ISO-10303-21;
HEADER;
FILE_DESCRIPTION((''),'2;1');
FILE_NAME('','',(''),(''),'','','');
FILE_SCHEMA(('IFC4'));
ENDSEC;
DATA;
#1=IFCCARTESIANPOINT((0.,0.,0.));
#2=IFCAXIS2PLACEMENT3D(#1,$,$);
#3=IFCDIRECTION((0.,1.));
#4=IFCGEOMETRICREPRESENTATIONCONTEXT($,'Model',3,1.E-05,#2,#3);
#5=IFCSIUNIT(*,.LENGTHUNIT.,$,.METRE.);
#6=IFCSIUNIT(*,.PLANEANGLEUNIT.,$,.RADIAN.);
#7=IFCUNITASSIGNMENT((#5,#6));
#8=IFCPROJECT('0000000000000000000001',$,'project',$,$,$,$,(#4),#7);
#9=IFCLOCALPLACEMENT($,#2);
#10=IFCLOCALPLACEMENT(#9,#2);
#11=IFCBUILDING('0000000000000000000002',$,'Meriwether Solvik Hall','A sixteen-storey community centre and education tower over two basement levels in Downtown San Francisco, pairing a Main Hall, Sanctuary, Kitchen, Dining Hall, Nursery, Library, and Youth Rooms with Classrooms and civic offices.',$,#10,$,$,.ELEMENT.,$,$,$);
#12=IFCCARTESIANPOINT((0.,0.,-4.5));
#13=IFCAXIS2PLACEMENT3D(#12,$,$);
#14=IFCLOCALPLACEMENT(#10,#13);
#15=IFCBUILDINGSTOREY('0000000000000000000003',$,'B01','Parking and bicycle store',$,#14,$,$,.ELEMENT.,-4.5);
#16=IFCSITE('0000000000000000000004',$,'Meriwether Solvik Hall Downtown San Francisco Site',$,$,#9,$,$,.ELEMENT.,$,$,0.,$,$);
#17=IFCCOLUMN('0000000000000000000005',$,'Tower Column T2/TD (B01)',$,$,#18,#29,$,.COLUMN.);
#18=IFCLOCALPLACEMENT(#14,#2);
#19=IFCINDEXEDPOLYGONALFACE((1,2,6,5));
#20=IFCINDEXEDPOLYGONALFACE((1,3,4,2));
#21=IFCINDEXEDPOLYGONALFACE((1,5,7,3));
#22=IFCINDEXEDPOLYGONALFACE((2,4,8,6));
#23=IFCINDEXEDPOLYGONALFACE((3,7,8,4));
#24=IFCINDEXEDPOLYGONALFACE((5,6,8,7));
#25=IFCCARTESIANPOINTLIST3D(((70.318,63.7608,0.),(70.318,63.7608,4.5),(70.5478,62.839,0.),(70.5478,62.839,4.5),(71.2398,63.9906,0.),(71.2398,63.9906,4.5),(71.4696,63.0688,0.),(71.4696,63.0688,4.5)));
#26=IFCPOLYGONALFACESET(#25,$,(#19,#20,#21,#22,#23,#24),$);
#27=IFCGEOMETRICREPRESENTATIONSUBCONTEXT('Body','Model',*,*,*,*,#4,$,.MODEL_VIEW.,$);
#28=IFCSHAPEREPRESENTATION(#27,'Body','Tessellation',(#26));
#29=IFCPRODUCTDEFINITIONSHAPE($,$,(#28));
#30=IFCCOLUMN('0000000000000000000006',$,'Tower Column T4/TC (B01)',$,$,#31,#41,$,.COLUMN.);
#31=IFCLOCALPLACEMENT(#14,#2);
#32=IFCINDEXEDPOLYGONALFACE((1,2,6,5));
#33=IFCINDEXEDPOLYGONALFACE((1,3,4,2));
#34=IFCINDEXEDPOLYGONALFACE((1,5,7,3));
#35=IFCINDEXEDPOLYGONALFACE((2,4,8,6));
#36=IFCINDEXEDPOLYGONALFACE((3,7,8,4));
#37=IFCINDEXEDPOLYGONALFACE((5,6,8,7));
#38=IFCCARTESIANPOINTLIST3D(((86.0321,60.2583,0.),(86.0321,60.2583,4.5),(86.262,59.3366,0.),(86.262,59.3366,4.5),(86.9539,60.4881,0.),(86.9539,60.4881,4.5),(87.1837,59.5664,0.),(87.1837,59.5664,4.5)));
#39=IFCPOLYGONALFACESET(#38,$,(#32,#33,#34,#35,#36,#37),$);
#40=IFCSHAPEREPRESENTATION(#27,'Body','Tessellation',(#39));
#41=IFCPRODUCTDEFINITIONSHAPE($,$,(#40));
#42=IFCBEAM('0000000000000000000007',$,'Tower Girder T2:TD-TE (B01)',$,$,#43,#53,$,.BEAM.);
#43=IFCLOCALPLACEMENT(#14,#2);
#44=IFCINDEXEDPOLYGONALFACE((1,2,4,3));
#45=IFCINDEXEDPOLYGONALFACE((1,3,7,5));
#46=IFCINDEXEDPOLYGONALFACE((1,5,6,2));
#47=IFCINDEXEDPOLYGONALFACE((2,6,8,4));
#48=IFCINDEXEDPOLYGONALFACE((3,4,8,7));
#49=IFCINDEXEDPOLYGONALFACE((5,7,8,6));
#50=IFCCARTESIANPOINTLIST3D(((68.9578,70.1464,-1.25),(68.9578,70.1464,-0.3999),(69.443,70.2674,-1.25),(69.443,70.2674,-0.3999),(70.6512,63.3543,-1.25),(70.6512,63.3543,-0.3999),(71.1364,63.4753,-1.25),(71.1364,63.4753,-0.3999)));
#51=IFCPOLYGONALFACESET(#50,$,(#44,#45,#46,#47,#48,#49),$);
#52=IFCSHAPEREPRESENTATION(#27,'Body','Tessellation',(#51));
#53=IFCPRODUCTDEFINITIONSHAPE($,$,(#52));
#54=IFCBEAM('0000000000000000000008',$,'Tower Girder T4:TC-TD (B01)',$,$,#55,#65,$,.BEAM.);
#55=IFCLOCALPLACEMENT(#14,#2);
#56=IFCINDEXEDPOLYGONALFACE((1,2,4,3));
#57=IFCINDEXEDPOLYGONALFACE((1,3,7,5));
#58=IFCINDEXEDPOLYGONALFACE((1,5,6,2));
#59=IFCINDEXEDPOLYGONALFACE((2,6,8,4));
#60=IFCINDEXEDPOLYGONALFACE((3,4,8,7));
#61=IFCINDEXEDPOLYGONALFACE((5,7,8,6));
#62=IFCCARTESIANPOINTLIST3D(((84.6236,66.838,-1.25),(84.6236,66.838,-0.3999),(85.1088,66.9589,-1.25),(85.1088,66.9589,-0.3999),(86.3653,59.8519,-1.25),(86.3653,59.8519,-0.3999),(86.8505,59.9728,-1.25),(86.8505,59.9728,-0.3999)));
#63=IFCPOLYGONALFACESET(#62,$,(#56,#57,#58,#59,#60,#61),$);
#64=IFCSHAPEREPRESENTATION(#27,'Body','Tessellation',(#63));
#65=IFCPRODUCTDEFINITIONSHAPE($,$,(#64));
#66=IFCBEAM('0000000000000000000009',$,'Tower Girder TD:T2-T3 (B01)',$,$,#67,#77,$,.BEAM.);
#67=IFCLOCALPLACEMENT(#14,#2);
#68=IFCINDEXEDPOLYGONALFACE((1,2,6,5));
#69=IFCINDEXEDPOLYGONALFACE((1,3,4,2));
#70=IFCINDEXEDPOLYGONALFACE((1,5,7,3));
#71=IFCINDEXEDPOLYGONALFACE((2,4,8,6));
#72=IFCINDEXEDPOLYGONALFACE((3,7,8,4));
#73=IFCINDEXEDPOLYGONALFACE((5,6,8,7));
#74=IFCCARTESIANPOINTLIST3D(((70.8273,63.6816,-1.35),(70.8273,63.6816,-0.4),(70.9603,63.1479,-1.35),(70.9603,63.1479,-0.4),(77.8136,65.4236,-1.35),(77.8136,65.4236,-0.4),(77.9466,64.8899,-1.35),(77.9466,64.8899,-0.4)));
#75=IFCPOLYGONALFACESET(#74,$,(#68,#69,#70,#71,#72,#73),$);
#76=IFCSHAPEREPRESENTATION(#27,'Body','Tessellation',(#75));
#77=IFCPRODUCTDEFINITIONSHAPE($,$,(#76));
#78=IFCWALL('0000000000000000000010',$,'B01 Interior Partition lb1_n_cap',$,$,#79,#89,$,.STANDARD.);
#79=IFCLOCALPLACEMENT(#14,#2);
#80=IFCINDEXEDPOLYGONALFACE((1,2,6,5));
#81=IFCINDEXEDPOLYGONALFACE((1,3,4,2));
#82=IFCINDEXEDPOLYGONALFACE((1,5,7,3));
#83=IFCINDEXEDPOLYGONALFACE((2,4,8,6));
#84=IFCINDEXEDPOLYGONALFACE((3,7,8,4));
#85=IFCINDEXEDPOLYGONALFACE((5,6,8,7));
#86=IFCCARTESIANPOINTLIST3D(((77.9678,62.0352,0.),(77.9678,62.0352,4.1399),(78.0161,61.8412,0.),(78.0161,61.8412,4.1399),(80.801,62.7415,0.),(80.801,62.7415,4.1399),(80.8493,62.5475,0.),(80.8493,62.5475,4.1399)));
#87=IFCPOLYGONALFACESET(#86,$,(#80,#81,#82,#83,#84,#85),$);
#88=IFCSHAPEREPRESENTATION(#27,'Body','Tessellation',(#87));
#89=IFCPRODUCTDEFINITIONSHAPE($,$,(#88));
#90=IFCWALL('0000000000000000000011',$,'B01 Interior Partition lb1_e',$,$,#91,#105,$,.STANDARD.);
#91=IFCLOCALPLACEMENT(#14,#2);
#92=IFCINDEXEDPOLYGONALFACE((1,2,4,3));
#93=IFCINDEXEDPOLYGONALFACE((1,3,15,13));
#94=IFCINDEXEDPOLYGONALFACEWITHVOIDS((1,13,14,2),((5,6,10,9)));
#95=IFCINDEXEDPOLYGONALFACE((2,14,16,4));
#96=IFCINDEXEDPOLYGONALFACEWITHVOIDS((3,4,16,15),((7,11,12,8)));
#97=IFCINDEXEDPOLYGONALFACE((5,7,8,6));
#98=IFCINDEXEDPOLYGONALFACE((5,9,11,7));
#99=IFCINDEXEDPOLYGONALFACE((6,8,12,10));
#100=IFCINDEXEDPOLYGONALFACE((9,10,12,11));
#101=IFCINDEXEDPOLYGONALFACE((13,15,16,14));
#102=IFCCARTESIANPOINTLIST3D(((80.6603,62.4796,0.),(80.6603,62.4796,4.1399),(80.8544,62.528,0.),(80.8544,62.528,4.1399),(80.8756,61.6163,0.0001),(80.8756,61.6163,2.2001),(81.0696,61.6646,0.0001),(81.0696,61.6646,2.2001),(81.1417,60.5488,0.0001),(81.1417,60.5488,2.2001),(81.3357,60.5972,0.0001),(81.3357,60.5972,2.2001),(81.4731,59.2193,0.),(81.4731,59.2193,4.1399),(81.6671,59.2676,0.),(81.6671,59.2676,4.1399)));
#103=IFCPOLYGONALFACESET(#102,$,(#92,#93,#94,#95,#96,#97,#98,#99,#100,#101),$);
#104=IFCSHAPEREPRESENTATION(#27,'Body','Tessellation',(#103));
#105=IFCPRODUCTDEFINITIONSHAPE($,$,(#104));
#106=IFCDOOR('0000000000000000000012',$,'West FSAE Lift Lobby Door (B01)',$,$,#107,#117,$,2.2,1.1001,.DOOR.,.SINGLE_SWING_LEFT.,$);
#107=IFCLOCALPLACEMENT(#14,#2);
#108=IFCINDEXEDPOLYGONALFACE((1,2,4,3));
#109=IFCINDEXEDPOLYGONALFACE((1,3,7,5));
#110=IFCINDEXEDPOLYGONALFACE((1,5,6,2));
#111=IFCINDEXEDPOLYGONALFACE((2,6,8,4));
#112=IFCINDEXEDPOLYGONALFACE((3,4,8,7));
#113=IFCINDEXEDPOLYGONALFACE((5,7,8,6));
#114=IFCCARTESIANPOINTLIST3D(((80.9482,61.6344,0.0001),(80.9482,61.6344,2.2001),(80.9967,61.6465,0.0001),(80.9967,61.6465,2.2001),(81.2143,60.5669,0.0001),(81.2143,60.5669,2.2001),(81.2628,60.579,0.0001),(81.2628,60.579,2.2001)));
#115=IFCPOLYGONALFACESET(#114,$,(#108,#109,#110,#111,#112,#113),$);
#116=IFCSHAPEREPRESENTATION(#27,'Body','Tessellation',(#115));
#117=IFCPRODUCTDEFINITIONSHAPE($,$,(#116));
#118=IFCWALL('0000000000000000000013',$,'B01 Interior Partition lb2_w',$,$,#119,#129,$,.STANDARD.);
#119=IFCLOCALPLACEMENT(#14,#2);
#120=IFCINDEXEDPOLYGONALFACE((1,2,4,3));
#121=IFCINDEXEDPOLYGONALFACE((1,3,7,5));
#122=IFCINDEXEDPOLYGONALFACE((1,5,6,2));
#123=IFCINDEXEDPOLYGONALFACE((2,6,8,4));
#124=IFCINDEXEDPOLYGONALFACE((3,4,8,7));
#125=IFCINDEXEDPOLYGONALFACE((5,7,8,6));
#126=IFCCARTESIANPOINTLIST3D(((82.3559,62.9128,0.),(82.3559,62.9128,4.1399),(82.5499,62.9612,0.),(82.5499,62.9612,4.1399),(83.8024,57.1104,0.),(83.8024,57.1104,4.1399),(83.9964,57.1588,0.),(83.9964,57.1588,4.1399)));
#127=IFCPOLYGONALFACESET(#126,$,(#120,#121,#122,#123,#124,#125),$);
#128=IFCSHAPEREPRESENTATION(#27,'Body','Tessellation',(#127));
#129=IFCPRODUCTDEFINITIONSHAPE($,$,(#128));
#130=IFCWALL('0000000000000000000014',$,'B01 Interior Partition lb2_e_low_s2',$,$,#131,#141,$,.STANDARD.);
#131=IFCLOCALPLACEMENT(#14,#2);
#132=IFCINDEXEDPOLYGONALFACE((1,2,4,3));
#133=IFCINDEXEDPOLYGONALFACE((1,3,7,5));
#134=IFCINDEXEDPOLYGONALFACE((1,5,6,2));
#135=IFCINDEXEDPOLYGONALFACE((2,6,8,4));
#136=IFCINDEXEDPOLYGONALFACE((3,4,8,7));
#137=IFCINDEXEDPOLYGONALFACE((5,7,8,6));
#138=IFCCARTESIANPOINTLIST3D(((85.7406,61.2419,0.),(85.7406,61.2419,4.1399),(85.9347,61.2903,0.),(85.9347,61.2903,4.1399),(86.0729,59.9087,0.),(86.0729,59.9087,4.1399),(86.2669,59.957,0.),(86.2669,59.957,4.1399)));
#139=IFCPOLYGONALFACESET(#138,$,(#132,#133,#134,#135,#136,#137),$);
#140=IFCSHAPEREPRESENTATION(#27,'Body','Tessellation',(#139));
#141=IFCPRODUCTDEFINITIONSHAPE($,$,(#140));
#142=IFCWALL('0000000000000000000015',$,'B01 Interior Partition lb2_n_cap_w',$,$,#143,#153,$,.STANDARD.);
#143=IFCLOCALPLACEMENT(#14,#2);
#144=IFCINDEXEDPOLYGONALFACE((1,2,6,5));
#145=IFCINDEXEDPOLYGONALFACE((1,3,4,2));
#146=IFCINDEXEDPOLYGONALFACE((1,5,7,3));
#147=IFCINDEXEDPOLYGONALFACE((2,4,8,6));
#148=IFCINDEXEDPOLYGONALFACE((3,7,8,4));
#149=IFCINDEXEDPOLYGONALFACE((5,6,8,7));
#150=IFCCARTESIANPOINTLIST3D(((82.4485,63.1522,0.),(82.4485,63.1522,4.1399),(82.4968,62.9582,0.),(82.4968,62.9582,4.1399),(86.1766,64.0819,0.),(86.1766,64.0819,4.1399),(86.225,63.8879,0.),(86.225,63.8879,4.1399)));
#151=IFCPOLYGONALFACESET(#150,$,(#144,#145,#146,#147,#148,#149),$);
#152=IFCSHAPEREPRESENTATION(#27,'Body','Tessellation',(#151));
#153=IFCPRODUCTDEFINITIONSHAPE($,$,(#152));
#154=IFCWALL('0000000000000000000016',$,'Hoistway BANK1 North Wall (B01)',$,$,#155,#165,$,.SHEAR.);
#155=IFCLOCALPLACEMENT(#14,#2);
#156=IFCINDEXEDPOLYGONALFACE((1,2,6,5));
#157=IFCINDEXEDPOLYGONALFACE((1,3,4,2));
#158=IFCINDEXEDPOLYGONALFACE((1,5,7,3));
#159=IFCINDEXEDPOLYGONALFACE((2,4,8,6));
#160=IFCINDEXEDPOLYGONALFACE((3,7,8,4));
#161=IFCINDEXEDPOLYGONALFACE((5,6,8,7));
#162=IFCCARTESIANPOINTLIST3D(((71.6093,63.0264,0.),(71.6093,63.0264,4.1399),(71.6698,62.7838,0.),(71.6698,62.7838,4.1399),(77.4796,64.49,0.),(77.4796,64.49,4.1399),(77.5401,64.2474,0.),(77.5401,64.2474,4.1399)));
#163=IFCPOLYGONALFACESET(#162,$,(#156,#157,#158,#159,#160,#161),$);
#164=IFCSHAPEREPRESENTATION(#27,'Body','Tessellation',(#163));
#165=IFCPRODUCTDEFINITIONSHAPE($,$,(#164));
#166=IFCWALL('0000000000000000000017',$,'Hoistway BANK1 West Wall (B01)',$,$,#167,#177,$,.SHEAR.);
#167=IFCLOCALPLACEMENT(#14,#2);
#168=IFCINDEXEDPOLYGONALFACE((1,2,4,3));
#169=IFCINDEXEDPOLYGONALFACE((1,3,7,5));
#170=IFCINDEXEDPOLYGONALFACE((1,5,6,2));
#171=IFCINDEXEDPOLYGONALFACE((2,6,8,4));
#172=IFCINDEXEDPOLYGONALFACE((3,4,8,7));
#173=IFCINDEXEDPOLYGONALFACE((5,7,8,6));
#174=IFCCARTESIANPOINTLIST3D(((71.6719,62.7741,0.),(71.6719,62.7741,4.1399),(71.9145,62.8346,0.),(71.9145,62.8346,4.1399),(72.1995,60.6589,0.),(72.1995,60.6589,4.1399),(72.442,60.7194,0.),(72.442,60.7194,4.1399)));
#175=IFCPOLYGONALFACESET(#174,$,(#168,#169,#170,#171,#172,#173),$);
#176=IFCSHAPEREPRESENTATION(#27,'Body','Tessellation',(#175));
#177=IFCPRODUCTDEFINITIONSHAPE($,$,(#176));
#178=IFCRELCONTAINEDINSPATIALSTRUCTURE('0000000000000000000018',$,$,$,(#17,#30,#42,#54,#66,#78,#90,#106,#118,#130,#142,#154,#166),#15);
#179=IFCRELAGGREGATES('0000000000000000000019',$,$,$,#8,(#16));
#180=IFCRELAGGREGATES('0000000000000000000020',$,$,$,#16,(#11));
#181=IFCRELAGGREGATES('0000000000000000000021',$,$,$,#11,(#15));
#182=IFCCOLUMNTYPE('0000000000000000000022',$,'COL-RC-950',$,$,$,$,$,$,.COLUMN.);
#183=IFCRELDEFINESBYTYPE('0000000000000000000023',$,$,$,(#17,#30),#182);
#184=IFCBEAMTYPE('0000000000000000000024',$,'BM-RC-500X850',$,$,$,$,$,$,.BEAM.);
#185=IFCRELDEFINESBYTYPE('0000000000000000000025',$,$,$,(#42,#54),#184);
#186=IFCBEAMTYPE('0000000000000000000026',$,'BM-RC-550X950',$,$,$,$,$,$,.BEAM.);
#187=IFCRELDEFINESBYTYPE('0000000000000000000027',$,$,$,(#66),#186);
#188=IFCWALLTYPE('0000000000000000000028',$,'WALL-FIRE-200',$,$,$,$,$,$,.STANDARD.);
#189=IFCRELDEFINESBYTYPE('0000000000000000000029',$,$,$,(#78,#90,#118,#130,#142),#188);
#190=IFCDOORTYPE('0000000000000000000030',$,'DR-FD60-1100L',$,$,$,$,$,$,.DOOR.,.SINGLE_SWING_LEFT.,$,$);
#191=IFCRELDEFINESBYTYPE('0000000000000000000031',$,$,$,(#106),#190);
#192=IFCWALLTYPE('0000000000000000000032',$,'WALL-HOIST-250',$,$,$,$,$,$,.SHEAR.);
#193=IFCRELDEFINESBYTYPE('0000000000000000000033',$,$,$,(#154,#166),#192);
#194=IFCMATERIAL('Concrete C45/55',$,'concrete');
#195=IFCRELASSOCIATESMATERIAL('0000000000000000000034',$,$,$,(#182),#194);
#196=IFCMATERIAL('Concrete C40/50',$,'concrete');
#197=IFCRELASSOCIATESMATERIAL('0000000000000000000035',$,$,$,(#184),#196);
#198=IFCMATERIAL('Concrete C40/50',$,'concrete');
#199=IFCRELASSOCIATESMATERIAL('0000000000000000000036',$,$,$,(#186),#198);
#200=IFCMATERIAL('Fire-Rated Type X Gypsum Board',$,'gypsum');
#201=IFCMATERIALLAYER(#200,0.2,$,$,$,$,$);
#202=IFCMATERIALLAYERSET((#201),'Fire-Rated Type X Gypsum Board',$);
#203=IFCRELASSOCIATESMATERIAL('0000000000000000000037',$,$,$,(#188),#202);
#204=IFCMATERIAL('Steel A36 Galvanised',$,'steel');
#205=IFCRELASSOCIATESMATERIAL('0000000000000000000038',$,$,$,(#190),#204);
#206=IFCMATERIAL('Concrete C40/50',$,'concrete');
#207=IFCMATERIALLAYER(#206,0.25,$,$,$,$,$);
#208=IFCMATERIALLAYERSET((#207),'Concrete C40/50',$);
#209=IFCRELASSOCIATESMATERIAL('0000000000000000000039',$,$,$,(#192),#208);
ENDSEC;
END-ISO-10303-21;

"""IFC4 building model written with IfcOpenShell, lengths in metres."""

from ifc_helpers import new_model, si_unit, direction, frame, frame_2d, origin, origin_2d, place, context, subcontext, project, spatial, rectangle, extrude, material, layer, layer_set, material_profile, profile_set, type_object, element, fill, save


model = new_model("IFC4")

# Units and contexts
model_context = context("Model", 3, precision=1e-05, world=origin(), true_north=direction((0.0, 1.0)))
body_context = subcontext(model_context, "Body", "Model", "MODEL_VIEW")
ifc_project = project(units=[si_unit("LENGTHUNIT", "METRE"), si_unit("PLANEANGLEUNIT", "RADIAN")], contexts=[model_context])

# Site, building, storey
site_placement = place(None, origin())
site = spatial("IfcSite", under=ifc_project, at=site_placement, Name="Meriwether Solvik Hall Downtown San Francisco Site", CompositionType="ELEMENT", RefElevation=0.0)
building_placement = place(site_placement, origin())
building = spatial("IfcBuilding", under=site, at=building_placement, Name="Meriwether Solvik Hall", Description="A sixteen-storey community centre and education tower over two basement levels in Downtown San Francisco, pairing a Main Hall, Sanctuary, Kitchen, Dining Hall, Nursery, Library, and Youth Rooms with Classrooms and civic offices.", CompositionType="ELEMENT")
storey_placement = place(building_placement, frame((0.0, 0.0, -4.5)))
storey = spatial("IfcBuildingStorey", under=building, at=storey_placement, Name="B01", Description="Parking and bicycle store", CompositionType="ELEMENT", Elevation=-4.5)

# Columns
ifc_material_1 = material(Name="Concrete C45/55", Category="concrete")
ifc_material_profile_1 = material_profile(ifc_material_1, rectangle(XDim=0.95, YDim=0.95, at=origin_2d()), Name="RCC-950X950")
ifc_profile_set_1 = profile_set([ifc_material_profile_1], Name="Concrete C45/55")
column_type = type_object("IfcColumnType", Name="COL-RC-950", PredefinedType="COLUMN", material=ifc_profile_set_1)
for number, where, z_axis, x_axis, name in (
    (1, (70.8938, 63.4148, 0.0), (0.0, 0.0, 1.0), (0.970296, 0.241922, 0.0), "Tower Column T2/TD (B01)"),
    (2, (86.6079, 59.9124, 0.0), (0.0, 0.0, 1.0), (0.970296, 0.241922, 0.0), "Tower Column T4/TC (B01)"),
):
    element("IfcColumn", number, at=place(storey_placement, frame(where, z_axis=z_axis, x_axis=x_axis)), inside=storey, type_object=column_type, Name=name, PredefinedType="COLUMN", context=body_context, shape_type="SweptSolid", body=[
        extrude(rectangle(XDim=0.95, YDim=0.95, at=origin_2d()), origin(), (0.0, 0.0, 1.0), 4.5),
    ])

# Beams
ifc_material_2 = material(Name="Concrete C40/50", Category="concrete")
ifc_material_profile_2 = material_profile(ifc_material_2, rectangle(XDim=0.5, YDim=0.8501, at=origin_2d()), Name="RCB-500X850")
ifc_profile_set_2 = profile_set([ifc_material_profile_2], Name="Concrete C40/50")
beam_type_1 = type_object("IfcBeamType", Name="BM-RC-500X850", PredefinedType="BEAM", material=ifc_profile_set_2)
beam_1_placement = place(storey_placement, frame((70.8938, 63.4148, -0.825), z_axis=(-0.241912, 0.970298, 0.0), x_axis=(-0.970298, -0.241912, 0.0)))
element("IfcBeam", 3, at=beam_1_placement, inside=storey, type_object=beam_type_1, Name="Tower Girder T2:TD-TE (B01)", PredefinedType="BEAM", context=body_context, shape_type="SweptSolid", body=[
    extrude(rectangle(XDim=0.5, YDim=0.8501, at=origin_2d()), origin(), (0.0, 0.0, 1.0), 7.0),
])
beam_2_placement = place(storey_placement, frame((86.6079, 59.9124, -0.825), z_axis=(-0.241905, 0.9703, 0.0), x_axis=(-0.9703, -0.241905, 0.0)))
element("IfcBeam", 4, at=beam_2_placement, inside=storey, type_object=beam_type_1, Name="Tower Girder T4:TC-TD (B01)", PredefinedType="BEAM", context=body_context, shape_type="SweptSolid", body=[
    extrude(rectangle(XDim=0.5, YDim=0.8501, at=origin_2d()), origin(), (0.0, 0.0, 1.0), 7.2),
])
ifc_material_3 = material(Name="Concrete C40/50", Category="concrete")
ifc_material_profile_3 = material_profile(ifc_material_3, rectangle(XDim=0.55, YDim=0.95, at=origin_2d()), Name="RCB-550X950")
ifc_profile_set_3 = profile_set([ifc_material_profile_3], Name="Concrete C40/50")
beam_type_2 = type_object("IfcBeamType", Name="BM-RC-550X950", PredefinedType="BEAM", material=ifc_profile_set_3)
beam_3_placement = place(storey_placement, frame((70.8938, 63.4148, -0.875), z_axis=(0.970294, 0.241929, 0.0), x_axis=(-0.241929, 0.970294, 0.0)))
element("IfcBeam", 5, at=beam_3_placement, inside=storey, type_object=beam_type_2, Name="Tower Girder TD:T2-T3 (B01)", PredefinedType="BEAM", context=body_context, shape_type="SweptSolid", body=[
    extrude(rectangle(XDim=0.55, YDim=0.95, at=origin_2d()), origin(), (0.0, 0.0, 1.0), 7.2002),
])

# Wall
ifc_material_4 = material(Name="Fire-Rated Type X Gypsum Board", Category="gypsum")
ifc_layer_1 = layer(ifc_material_4, 0.2)
ifc_layer_set_1 = layer_set([ifc_layer_1], Name="Fire-Rated Type X Gypsum Board")
wall_type_1 = type_object("IfcWallType", Name="WALL-FIRE-200", PredefinedType="STANDARD", material=ifc_layer_set_1)
wall_1_placement = place(storey_placement, frame((77.9919, 61.9382, 0.0), z_axis=(0.0, 0.0, 1.0), x_axis=(0.970305, 0.241886, 0.0)))
element("IfcWall", 6, at=wall_1_placement, inside=storey, type_object=wall_type_1, Name="B01 Interior Partition lb1_n_cap", PredefinedType="STANDARD", context=body_context, shape_type="SweptSolid", body=[
    extrude(rectangle(XDim=2.9199, YDim=0.2, at=frame_2d((1.46, 0.0))), origin(), (0.0, 0.0, 1.0), 4.1399),
])

# Wall, opening, door
wall_2_placement = place(storey_placement, frame((80.7573, 62.5039, 0.0), z_axis=(0.0, 0.0, 1.0), x_axis=(0.241886, -0.970305, 0.0)))
wall_2 = element("IfcWall", 7, at=wall_2_placement, inside=storey, type_object=wall_type_1, Name="B01 Interior Partition lb1_e", PredefinedType="STANDARD", context=body_context, shape_type="SweptSolid", body=[
    extrude(rectangle(XDim=3.3601, YDim=0.2, at=frame_2d((1.6802, 0.0))), origin(), (0.0, 0.0, 1.0), 4.1399),
])
opening_1_placement = place(wall_2_placement, frame((0.8899, 0.0, 0.0)))
opening_1 = element("IfcOpeningElement", 8, at=opening_1_placement, cuts=wall_2, PredefinedType="OPENING", context=body_context, shape_type="SweptSolid", body=[
    extrude(rectangle(XDim=1.1001, YDim=2.2, at=frame_2d((0.55, 1.1001))), frame((0.0, 0.1118, 0.0), z_axis=(0.0, -1.0, 0.0), x_axis=(1.0, 0.0, 0.0)), (0.0, 0.0, 1.0), 0.2239),
])
ifc_material_5 = material(Name="Steel A36 Galvanised", Category="steel")
door_type_1 = type_object("IfcDoorType", Name="DR-FD60-1100L", OperationType="SINGLE_SWING_LEFT", PredefinedType="DOOR", material=ifc_material_5)
door_1_placement = place(opening_1_placement, origin())
door_1 = element("IfcDoor", 9, at=door_1_placement, inside=storey, type_object=door_type_1, Name="West FSAE Lift Lobby Door (B01)", OperationType="SINGLE_SWING_LEFT", OverallHeight=2.2, OverallWidth=1.1001, PredefinedType="DOOR", context=body_context, shape_type="SweptSolid", body=[
    extrude(rectangle(XDim=1.1001, YDim=2.2, at=frame_2d((0.55, 1.1001))), frame((0.0, 0.0249, 0.0), z_axis=(0.0, -1.0, 0.0), x_axis=(1.0, 0.0, 0.0)), (0.0, 0.0, 1.0), 0.05),
])
fill(opening_1, door_1)

# Walls
wall_3_placement = place(storey_placement, frame((82.4529, 62.937, 0.0), z_axis=(0.0, 0.0, 1.0), x_axis=(0.241892, -0.970303, 0.0)))
element("IfcWall", 10, at=wall_3_placement, inside=storey, type_object=wall_type_1, Name="B01 Interior Partition lb2_w", PredefinedType="STANDARD", context=body_context, shape_type="SweptSolid", body=[
    extrude(rectangle(XDim=5.98, YDim=0.2, at=frame_2d((2.99, 0.0))), origin(), (0.0, 0.0, 1.0), 4.1399),
])
wall_4_placement = place(storey_placement, frame((86.1699, 59.9329, 0.0), z_axis=(0.0, 0.0, 1.0), x_axis=(-0.241825, 0.97032, 0.0)))
element("IfcWall", 11, at=wall_4_placement, inside=storey, type_object=wall_type_1, Name="B01 Interior Partition lb2_e_low_s2", PredefinedType="STANDARD", context=body_context, shape_type="SweptSolid", body=[
    extrude(rectangle(XDim=1.374, YDim=0.2, at=frame_2d((0.687, 0.0))), origin(), (0.0, 0.0, 1.0), 4.1399),
])
wall_5_placement = place(storey_placement, frame((82.4727, 63.0552, 0.0), z_axis=(0.0, 0.0, 1.0), x_axis=(0.970284, 0.241967, 0.0)))
element("IfcWall", 12, at=wall_5_placement, inside=storey, type_object=wall_type_1, Name="B01 Interior Partition lb2_n_cap_w", PredefinedType="STANDARD", context=body_context, shape_type="SweptSolid", body=[
    extrude(rectangle(XDim=3.8423, YDim=0.2, at=frame_2d((1.9211, 0.0))), origin(), (0.0, 0.0, 1.0), 4.1399),
])
ifc_material_6 = material(Name="Concrete C40/50", Category="concrete")
ifc_layer_2 = layer(ifc_material_6, 0.25)
ifc_layer_set_2 = layer_set([ifc_layer_2], Name="Concrete C40/50")
wall_type_2 = type_object("IfcWallType", Name="WALL-HOIST-250", PredefinedType="SHEAR", material=ifc_layer_set_2)
wall_6_placement = place(storey_placement, frame((77.5098, 64.3687, 0.0), z_axis=(0.0, 0.0, 1.0), x_axis=(-0.970297, -0.241918, 0.0)))
element("IfcWall", 13, at=wall_6_placement, inside=storey, type_object=wall_type_2, Name="Hoistway BANK1 North Wall (B01)", PredefinedType="SHEAR", context=body_context, shape_type="SweptSolid", body=[
    extrude(rectangle(XDim=6.05, YDim=0.25, at=frame_2d((3.0249, 0.0))), origin(), (0.0, 0.0, 1.0), 4.1399),
])
for number, where, z_axis, x_axis, name in (
    (14, (71.7932, 62.8042, 0.0), (0.0, 0.0, 1.0), (0.242009, -0.970274, 0.0), "Hoistway BANK1 West Wall (B01)"),
):
    element("IfcWall", number, at=place(storey_placement, frame(where, z_axis=z_axis, x_axis=x_axis)), inside=storey, type_object=wall_type_2, Name=name, PredefinedType="SHEAR", context=body_context, shape_type="SweptSolid", body=[
        extrude(rectangle(XDim=2.1799, YDim=0.25, at=frame_2d((1.0898, 0.0))), origin(), (0.0, 0.0, 1.0), 4.1399),
    ])

save(model, "model.ifc")
